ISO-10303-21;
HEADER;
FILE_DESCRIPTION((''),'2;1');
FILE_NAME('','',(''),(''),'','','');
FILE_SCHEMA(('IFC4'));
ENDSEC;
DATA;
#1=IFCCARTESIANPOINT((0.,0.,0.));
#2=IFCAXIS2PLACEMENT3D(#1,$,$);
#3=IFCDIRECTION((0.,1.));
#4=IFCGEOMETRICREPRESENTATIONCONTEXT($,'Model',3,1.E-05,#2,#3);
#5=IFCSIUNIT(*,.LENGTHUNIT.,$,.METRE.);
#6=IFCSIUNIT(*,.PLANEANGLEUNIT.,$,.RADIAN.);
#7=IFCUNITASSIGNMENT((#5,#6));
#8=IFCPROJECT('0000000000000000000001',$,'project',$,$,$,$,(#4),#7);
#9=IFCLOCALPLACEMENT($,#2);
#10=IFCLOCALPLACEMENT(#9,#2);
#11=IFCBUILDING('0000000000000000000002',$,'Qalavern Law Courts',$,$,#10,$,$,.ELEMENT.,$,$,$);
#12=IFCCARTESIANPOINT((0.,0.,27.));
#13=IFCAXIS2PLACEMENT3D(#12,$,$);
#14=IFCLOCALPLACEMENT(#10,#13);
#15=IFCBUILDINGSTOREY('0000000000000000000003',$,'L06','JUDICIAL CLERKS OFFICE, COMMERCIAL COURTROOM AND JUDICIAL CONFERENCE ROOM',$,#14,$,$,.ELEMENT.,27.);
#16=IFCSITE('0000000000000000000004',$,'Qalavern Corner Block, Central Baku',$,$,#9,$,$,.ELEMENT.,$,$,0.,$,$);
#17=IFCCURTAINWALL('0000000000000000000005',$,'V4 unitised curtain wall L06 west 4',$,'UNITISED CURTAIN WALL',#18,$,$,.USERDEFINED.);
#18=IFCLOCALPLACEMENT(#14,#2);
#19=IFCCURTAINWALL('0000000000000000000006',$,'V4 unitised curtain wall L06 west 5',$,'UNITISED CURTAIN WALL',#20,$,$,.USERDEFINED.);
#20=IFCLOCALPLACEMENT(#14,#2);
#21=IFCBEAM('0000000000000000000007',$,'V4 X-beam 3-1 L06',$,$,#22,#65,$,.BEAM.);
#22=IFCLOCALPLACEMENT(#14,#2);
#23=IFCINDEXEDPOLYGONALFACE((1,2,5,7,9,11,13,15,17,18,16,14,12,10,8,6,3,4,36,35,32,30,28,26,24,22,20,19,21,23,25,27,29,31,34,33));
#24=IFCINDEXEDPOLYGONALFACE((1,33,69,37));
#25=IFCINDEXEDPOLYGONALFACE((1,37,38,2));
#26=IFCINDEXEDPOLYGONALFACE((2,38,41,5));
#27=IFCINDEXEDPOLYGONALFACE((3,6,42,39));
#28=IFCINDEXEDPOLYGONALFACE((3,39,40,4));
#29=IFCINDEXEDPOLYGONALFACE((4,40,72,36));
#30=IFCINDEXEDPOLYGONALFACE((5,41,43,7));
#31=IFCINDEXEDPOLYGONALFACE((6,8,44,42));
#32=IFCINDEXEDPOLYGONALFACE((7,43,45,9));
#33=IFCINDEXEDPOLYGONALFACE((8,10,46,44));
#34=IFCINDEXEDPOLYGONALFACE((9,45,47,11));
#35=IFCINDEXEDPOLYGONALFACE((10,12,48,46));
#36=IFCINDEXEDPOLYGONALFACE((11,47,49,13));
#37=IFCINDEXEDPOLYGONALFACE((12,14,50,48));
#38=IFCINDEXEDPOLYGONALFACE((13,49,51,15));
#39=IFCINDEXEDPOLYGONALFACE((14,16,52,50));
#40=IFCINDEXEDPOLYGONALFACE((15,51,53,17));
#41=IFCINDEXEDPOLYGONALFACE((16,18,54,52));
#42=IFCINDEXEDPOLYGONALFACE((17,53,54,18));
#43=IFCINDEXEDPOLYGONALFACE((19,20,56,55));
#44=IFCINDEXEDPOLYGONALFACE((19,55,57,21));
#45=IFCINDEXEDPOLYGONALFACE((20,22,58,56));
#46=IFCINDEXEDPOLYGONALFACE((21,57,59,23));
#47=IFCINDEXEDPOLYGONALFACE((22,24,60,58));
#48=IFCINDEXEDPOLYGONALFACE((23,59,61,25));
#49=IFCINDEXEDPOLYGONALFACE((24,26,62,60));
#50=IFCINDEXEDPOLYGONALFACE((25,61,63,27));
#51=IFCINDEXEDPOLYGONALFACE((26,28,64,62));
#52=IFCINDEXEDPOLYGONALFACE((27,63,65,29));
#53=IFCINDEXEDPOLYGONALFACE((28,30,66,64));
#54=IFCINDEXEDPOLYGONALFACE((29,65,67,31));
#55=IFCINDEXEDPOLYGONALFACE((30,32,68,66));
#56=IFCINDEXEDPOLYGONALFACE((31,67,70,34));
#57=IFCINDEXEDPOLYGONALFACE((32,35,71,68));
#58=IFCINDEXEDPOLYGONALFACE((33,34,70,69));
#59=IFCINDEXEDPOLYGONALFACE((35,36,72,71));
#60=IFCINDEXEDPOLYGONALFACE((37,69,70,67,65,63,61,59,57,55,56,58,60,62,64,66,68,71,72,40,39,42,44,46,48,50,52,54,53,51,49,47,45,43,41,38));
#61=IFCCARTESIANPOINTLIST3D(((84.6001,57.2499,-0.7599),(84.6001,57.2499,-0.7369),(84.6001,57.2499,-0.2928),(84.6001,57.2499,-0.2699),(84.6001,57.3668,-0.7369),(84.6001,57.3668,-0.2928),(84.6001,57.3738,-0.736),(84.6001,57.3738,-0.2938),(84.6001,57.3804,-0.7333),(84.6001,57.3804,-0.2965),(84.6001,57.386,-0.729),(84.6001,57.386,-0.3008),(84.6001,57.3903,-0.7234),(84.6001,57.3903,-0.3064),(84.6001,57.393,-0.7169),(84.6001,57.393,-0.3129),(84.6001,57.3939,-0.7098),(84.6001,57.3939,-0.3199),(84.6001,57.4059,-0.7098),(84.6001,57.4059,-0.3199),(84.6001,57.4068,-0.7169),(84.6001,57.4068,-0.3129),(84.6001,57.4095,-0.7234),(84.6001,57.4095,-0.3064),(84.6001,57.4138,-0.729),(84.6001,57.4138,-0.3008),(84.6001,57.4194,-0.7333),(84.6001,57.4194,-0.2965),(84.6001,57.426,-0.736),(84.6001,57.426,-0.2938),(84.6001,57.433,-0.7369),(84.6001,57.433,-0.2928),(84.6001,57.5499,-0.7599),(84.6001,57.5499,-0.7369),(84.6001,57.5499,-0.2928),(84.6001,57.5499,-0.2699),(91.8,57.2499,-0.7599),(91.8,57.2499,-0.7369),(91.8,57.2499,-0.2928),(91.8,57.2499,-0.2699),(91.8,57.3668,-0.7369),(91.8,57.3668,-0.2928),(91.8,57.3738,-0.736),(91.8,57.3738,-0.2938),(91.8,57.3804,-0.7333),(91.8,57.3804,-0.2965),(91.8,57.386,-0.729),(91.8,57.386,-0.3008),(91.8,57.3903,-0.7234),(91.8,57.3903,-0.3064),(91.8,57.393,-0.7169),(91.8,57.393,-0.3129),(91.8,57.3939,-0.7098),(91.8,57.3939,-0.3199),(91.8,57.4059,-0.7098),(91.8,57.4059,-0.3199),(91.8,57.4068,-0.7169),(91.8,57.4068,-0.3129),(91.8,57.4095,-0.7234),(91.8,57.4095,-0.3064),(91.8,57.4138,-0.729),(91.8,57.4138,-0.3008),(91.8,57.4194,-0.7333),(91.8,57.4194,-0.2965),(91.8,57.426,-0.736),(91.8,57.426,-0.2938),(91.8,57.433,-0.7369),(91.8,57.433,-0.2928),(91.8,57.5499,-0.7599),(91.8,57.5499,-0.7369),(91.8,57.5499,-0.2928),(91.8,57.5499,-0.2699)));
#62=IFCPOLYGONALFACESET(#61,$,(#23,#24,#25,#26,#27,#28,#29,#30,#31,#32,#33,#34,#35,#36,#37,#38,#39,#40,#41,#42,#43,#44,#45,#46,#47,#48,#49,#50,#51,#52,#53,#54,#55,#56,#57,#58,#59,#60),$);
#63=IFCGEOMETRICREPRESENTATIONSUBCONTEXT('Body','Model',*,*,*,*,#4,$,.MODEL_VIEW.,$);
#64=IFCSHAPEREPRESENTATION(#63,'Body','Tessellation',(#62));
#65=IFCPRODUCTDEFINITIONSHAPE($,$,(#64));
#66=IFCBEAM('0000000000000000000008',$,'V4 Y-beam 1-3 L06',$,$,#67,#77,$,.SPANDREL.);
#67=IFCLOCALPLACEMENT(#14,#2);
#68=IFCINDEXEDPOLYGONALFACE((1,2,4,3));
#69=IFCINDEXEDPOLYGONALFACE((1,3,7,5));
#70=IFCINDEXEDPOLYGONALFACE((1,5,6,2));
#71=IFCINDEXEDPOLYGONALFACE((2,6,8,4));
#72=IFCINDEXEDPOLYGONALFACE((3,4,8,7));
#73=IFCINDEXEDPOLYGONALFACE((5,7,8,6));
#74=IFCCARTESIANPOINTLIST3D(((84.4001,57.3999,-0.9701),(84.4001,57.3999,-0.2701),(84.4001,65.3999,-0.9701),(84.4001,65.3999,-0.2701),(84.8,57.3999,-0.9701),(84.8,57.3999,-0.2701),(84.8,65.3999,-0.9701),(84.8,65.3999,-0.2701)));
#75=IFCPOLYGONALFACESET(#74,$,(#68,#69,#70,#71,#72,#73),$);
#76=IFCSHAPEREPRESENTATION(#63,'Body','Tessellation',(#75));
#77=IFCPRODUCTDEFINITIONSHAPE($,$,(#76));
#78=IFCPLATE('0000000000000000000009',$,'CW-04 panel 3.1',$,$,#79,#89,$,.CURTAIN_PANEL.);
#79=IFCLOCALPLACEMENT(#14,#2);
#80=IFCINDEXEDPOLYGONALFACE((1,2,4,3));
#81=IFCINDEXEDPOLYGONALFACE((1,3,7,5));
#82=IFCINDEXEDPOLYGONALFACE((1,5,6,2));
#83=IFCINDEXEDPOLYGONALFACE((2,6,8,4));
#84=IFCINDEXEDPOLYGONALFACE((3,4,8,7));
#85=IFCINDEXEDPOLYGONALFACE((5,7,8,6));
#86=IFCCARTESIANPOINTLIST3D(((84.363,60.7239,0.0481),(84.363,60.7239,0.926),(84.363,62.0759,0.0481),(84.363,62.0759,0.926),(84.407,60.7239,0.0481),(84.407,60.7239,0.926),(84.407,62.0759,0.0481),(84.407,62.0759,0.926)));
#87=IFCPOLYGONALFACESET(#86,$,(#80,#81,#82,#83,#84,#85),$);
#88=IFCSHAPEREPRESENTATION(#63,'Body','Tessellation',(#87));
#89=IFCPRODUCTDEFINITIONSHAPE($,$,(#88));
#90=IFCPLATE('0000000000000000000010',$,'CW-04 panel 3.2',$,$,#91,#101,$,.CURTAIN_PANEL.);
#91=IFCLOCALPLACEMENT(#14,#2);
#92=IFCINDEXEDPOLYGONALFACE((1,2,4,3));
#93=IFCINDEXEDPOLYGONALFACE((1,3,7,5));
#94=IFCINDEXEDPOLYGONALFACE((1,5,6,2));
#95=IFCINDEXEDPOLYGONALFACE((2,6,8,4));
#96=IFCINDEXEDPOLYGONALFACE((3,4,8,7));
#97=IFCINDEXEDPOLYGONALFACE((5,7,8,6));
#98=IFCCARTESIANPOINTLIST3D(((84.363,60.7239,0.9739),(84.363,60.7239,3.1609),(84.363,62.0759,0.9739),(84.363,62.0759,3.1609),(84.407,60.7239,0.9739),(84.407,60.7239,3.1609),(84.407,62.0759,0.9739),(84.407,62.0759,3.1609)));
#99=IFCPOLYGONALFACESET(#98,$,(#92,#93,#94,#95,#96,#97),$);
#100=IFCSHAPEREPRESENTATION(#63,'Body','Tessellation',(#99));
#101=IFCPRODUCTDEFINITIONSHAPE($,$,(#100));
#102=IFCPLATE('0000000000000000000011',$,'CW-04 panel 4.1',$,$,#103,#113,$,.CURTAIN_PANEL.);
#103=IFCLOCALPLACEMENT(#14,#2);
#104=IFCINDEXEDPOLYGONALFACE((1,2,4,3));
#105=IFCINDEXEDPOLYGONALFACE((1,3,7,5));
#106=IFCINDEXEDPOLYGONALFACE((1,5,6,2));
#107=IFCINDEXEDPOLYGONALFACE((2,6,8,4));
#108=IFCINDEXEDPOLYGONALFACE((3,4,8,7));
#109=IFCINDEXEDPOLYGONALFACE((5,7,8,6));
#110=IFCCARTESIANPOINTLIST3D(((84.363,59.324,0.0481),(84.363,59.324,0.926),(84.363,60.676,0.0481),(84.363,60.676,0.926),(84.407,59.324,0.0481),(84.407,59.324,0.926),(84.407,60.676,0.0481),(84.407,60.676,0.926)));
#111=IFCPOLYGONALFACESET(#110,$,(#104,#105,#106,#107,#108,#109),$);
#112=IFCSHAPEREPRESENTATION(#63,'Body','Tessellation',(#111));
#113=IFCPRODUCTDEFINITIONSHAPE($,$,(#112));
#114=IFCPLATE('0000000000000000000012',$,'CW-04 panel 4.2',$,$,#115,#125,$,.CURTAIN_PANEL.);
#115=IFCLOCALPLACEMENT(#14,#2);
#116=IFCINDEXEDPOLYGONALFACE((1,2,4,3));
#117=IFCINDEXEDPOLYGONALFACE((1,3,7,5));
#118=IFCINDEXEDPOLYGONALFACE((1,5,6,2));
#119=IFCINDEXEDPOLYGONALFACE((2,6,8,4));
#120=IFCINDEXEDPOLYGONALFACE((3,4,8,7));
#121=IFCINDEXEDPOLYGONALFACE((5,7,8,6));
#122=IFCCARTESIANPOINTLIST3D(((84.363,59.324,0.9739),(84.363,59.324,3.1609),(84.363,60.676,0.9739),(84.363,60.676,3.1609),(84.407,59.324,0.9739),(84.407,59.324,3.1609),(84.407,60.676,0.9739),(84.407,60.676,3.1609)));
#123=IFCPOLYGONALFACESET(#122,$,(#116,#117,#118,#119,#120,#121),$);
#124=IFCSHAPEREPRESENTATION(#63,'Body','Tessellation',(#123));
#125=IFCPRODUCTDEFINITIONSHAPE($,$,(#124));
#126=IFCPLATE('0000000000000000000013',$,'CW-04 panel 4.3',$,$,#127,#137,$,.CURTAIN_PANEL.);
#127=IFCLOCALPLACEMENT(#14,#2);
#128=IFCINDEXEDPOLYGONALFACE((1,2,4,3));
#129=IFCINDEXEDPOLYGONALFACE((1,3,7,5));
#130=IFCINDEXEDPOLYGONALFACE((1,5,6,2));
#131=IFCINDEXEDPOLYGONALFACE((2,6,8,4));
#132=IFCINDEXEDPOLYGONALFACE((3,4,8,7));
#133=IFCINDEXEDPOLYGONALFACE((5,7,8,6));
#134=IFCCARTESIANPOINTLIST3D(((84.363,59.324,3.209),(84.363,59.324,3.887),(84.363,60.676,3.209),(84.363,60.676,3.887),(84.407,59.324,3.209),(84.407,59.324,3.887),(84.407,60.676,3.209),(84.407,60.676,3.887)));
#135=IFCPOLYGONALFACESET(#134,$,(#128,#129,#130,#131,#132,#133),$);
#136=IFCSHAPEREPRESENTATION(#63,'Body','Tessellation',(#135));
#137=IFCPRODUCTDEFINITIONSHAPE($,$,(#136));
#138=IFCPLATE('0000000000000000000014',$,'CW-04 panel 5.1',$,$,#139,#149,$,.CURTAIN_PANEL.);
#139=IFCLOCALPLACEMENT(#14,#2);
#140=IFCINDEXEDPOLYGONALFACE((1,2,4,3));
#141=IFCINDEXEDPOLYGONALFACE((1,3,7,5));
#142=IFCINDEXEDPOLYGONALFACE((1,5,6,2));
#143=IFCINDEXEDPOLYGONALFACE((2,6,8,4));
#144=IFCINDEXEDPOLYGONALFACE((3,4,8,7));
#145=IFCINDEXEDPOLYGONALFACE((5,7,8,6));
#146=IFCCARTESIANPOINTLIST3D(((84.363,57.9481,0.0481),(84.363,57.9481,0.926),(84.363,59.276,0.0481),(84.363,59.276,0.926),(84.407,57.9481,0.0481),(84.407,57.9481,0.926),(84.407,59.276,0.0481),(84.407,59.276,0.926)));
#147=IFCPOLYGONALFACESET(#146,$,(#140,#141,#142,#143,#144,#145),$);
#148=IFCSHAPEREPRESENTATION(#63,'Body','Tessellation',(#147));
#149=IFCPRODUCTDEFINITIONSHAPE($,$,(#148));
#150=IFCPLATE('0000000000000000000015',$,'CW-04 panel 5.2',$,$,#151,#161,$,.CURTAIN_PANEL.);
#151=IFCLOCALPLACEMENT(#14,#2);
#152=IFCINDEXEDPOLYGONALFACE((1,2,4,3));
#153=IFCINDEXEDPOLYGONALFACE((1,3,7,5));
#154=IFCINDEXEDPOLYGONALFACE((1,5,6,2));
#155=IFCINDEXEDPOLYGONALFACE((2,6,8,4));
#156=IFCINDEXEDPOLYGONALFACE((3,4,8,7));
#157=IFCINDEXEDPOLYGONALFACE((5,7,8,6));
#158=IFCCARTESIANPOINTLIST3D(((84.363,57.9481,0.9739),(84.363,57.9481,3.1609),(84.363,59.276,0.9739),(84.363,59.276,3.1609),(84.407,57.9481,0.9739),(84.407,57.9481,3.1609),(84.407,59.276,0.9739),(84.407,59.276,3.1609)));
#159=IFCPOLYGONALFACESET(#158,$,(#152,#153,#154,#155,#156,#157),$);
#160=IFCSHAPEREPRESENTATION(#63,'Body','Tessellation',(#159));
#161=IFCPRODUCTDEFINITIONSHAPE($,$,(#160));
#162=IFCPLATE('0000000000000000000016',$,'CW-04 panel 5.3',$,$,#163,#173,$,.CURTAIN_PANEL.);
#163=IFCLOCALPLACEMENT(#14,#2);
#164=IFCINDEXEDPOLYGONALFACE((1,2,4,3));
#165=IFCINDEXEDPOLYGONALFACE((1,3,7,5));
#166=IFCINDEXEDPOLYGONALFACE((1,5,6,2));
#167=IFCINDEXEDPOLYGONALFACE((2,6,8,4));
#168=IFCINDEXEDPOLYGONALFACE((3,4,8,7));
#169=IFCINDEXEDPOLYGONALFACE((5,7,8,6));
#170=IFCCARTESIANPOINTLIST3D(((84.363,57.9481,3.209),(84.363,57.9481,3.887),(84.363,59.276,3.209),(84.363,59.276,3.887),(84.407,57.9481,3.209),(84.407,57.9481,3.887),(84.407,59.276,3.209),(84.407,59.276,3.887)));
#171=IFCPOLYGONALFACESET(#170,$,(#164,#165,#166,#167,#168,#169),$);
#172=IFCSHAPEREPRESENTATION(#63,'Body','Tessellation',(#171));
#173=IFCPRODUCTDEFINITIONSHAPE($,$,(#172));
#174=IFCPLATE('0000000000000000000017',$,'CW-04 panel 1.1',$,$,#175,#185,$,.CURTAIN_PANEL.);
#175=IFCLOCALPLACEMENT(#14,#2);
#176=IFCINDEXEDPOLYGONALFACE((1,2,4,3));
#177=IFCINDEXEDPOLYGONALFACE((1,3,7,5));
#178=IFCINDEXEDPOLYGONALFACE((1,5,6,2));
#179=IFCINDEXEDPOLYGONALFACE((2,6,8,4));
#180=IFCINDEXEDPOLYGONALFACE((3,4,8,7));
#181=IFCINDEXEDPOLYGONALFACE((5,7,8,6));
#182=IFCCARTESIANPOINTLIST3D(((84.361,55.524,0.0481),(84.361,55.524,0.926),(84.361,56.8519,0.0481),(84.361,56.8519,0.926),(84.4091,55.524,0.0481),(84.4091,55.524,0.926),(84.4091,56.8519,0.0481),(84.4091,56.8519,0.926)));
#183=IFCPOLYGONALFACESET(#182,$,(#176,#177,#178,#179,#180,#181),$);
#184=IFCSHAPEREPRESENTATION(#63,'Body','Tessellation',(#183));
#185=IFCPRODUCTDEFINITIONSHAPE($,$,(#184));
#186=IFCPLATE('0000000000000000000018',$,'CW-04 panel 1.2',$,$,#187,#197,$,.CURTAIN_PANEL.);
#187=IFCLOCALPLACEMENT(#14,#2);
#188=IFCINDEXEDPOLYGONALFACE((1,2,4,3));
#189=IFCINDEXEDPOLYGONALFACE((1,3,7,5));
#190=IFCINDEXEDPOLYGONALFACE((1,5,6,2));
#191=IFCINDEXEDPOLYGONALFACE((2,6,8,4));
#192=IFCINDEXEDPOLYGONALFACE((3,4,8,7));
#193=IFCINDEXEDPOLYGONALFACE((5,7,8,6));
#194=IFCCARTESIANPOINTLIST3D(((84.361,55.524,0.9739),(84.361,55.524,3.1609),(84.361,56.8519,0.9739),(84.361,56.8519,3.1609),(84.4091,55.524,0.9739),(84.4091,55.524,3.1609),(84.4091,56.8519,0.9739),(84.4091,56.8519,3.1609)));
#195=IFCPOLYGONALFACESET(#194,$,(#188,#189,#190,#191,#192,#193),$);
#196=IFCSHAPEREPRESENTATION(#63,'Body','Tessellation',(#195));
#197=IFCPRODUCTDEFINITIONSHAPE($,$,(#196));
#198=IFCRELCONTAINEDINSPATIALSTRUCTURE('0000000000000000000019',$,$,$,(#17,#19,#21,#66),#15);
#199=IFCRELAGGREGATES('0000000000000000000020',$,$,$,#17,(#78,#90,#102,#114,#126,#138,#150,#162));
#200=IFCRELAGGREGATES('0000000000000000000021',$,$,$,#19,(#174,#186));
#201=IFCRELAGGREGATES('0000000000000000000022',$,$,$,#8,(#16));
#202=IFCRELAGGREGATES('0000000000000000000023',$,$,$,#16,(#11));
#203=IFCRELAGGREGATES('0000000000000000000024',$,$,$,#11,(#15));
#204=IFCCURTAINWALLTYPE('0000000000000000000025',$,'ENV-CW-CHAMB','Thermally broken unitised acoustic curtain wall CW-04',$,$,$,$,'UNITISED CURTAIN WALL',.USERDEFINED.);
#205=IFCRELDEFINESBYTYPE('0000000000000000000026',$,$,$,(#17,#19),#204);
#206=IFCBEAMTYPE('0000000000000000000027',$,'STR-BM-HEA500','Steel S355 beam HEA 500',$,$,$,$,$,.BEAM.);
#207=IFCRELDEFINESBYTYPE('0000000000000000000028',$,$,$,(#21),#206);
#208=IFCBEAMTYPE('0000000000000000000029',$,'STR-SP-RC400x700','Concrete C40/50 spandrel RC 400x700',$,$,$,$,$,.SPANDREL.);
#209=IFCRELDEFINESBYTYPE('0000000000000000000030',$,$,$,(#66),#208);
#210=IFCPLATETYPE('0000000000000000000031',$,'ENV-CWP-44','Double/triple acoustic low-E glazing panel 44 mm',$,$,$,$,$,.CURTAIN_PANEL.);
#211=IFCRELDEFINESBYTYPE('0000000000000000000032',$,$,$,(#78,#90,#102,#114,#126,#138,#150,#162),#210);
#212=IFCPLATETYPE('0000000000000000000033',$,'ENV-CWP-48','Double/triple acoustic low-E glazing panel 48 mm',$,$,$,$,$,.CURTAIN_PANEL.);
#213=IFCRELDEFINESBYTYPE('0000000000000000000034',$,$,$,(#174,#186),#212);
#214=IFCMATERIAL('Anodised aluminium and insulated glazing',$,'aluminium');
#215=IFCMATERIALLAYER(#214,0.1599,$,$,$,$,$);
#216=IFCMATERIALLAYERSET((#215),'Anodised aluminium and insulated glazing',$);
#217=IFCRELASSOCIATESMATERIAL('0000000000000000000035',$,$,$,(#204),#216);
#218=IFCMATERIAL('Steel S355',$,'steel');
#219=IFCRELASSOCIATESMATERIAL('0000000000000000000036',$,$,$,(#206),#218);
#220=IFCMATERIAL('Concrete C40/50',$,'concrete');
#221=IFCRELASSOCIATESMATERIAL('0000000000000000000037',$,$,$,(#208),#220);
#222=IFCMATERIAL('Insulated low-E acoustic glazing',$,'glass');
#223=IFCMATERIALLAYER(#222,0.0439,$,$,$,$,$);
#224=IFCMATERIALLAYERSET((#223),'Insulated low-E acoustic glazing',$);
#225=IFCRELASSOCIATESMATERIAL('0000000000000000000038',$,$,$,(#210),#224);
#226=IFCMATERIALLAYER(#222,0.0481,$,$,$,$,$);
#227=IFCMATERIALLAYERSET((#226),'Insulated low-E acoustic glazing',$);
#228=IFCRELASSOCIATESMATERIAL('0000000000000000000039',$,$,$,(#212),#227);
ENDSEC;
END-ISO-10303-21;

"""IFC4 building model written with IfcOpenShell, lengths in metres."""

from ifc_helpers import new_model, si_unit, direction, frame, origin, origin_2d, place, context, subcontext, project, spatial, rectangle, i_section, extrude, material, layer, layer_set, material_profile, profile_set, type_object, element, aggregate, save


model = new_model("IFC4")

# Units and contexts
model_context = context("Model", 3, precision=1e-05, world=origin(), true_north=direction((0.0, 1.0)))
body_context = subcontext(model_context, "Body", "Model", "MODEL_VIEW")
ifc_project = project(units=[si_unit("LENGTHUNIT", "METRE"), si_unit("PLANEANGLEUNIT", "RADIAN")], contexts=[model_context])

# Site, building, storey
site_placement = place(None, origin())
site = spatial("IfcSite", under=ifc_project, at=site_placement, Name="Qalavern Corner Block, Central Baku", CompositionType="ELEMENT", RefElevation=0.0)
building_placement = place(site_placement, origin())
building = spatial("IfcBuilding", under=site, at=building_placement, Name="Qalavern Law Courts", CompositionType="ELEMENT")
storey_placement = place(building_placement, frame((0.0, 0.0, 27.0)))
storey = spatial("IfcBuildingStorey", under=building, at=storey_placement, Name="L06", Description="JUDICIAL CLERKS OFFICE, COMMERCIAL COURTROOM AND JUDICIAL CONFERENCE ROOM", CompositionType="ELEMENT", Elevation=27.0)

# Curtain walls
ifc_material_1 = material(Name="Anodised aluminium and insulated glazing", Category="aluminium")
ifc_layer_1 = layer(ifc_material_1, 0.1599)
ifc_layer_set_1 = layer_set([ifc_layer_1], Name="Anodised aluminium and insulated glazing")
curtain_wall_type = type_object("IfcCurtainWallType", Name="ENV-CW-CHAMB", Description="Thermally broken unitised acoustic curtain wall CW-04", ElementType="UNITISED CURTAIN WALL", PredefinedType="USERDEFINED", material=ifc_layer_set_1)
curtain_wall_1_placement = place(storey_placement, origin())
curtain_wall_1 = element("IfcCurtainWall", 1, at=curtain_wall_1_placement, inside=storey, type_object=curtain_wall_type, Name="V4 unitised curtain wall L06 west 4", ObjectType="UNITISED CURTAIN WALL", PredefinedType="USERDEFINED")
curtain_wall_2_placement = place(storey_placement, origin())
curtain_wall_2 = element("IfcCurtainWall", 2, at=curtain_wall_2_placement, inside=storey, type_object=curtain_wall_type, Name="V4 unitised curtain wall L06 west 5", ObjectType="UNITISED CURTAIN WALL", PredefinedType="USERDEFINED")

# Beams
ifc_material_2 = material(Name="Steel S355", Category="steel")
ifc_material_profile_1 = material_profile(ifc_material_2, i_section(OverallWidth=0.3, OverallDepth=0.49, WebThickness=0.012, FlangeThickness=0.0229, FilletRadius=0.0271, at=origin_2d()), Name="HEA 500")
ifc_profile_set_1 = profile_set([ifc_material_profile_1], Name="Steel S355")
beam_type_1 = type_object("IfcBeamType", Name="STR-BM-HEA500", Description="Steel S355 beam HEA 500", PredefinedType="BEAM", material=ifc_profile_set_1)
beam_1_placement = place(storey_placement, frame((84.6001, 57.3999, -0.5149), z_axis=(1.0, 0.0, 0.0), x_axis=(0.0, 1.0, 0.0)))
element("IfcBeam", 3, at=beam_1_placement, inside=storey, type_object=beam_type_1, Name="V4 X-beam 3-1 L06", PredefinedType="BEAM", context=body_context, shape_type="SweptSolid", body=[
    extrude(i_section(OverallWidth=0.3, OverallDepth=0.49, WebThickness=0.012, FlangeThickness=0.0229, FilletRadius=0.0271, at=origin_2d()), origin(), (0.0, 0.0, 1.0), 7.2),
])
ifc_material_3 = material(Name="Concrete C40/50", Category="concrete")
ifc_material_profile_2 = material_profile(ifc_material_3, rectangle(XDim=0.3999, YDim=0.7, at=origin_2d()), Name="RC 400x700")
ifc_profile_set_2 = profile_set([ifc_material_profile_2], Name="Concrete C40/50")
beam_type_2 = type_object("IfcBeamType", Name="STR-SP-RC400x700", Description="Concrete C40/50 spandrel RC 400x700", PredefinedType="SPANDREL", material=ifc_profile_set_2)
beam_2_placement = place(storey_placement, frame((84.6001, 57.3999, -0.6201), z_axis=(0.0, 1.0, 0.0), x_axis=(-1.0, 0.0, 0.0)))
element("IfcBeam", 4, at=beam_2_placement, inside=storey, type_object=beam_type_2, Name="V4 Y-beam 1-3 L06", PredefinedType="SPANDREL", context=body_context, shape_type="SweptSolid", body=[
    extrude(rectangle(XDim=0.3999, YDim=0.7, at=origin_2d()), origin(), (0.0, 0.0, 1.0), 8.0),
])

# Plates
ifc_material_4 = material(Name="Insulated low-E acoustic glazing", Category="glass")
ifc_layer_2 = layer(ifc_material_4, 0.0439)
ifc_layer_set_2 = layer_set([ifc_layer_2], Name="Insulated low-E acoustic glazing")
plate_type_1 = type_object("IfcPlateType", Name="ENV-CWP-44", Description="Double/triple acoustic low-E glazing panel 44 mm", PredefinedType="CURTAIN_PANEL", material=ifc_layer_set_2)
plate_1_placement = place(storey_placement, frame((84.385, 61.3999, 0.0481), z_axis=(0.0, 0.0, 1.0), x_axis=(0.0, -1.0, 0.0)))
plate_1 = element("IfcPlate", 5, at=plate_1_placement, type_object=plate_type_1, Name="CW-04 panel 3.1", PredefinedType="CURTAIN_PANEL", context=body_context, shape_type="SweptSolid", body=[
    extrude(rectangle(XDim=1.3521, YDim=0.0439, at=origin_2d()), origin(), (0.0, 0.0, 1.0), 0.8779),
])
plate_2_placement = place(storey_placement, frame((84.385, 61.3999, 0.9739), z_axis=(0.0, 0.0, 1.0), x_axis=(0.0, -1.0, 0.0)))
plate_2 = element("IfcPlate", 6, at=plate_2_placement, type_object=plate_type_1, Name="CW-04 panel 3.2", PredefinedType="CURTAIN_PANEL", context=body_context, shape_type="SweptSolid", body=[
    extrude(rectangle(XDim=1.3521, YDim=0.0439, at=origin_2d()), origin(), (0.0, 0.0, 1.0), 2.187),
])
plate_3_placement = place(storey_placement, frame((84.385, 60.0, 0.0481), z_axis=(0.0, 0.0, 1.0), x_axis=(0.0, -1.0, 0.0)))
plate_3 = element("IfcPlate", 7, at=plate_3_placement, type_object=plate_type_1, Name="CW-04 panel 4.1", PredefinedType="CURTAIN_PANEL", context=body_context, shape_type="SweptSolid", body=[
    extrude(rectangle(XDim=1.3521, YDim=0.0439, at=origin_2d()), origin(), (0.0, 0.0, 1.0), 0.8779),
])
plate_4_placement = place(storey_placement, frame((84.385, 60.0, 0.9739), z_axis=(0.0, 0.0, 1.0), x_axis=(0.0, -1.0, 0.0)))
plate_4 = element("IfcPlate", 8, at=plate_4_placement, type_object=plate_type_1, Name="CW-04 panel 4.2", PredefinedType="CURTAIN_PANEL", context=body_context, shape_type="SweptSolid", body=[
    extrude(rectangle(XDim=1.3521, YDim=0.0439, at=origin_2d()), origin(), (0.0, 0.0, 1.0), 2.187),
])
plate_5_placement = place(storey_placement, frame((84.385, 60.0, 3.209), z_axis=(0.0, 0.0, 1.0), x_axis=(0.0, -1.0, 0.0)))
plate_5 = element("IfcPlate", 9, at=plate_5_placement, type_object=plate_type_1, Name="CW-04 panel 4.3", PredefinedType="CURTAIN_PANEL", context=body_context, shape_type="SweptSolid", body=[
    extrude(rectangle(XDim=1.3521, YDim=0.0439, at=origin_2d()), origin(), (0.0, 0.0, 1.0), 0.678),
])
plate_6_placement = place(storey_placement, frame((84.385, 58.6121, 0.0481), z_axis=(0.0, 0.0, 1.0), x_axis=(0.0, -1.0, 0.0)))
plate_6 = element("IfcPlate", 10, at=plate_6_placement, type_object=plate_type_1, Name="CW-04 panel 5.1", PredefinedType="CURTAIN_PANEL", context=body_context, shape_type="SweptSolid", body=[
    extrude(rectangle(XDim=1.3279, YDim=0.0439, at=origin_2d()), origin(), (0.0, 0.0, 1.0), 0.8779),
])
plate_7_placement = place(storey_placement, frame((84.385, 58.6121, 0.9739), z_axis=(0.0, 0.0, 1.0), x_axis=(0.0, -1.0, 0.0)))
plate_7 = element("IfcPlate", 11, at=plate_7_placement, type_object=plate_type_1, Name="CW-04 panel 5.2", PredefinedType="CURTAIN_PANEL", context=body_context, shape_type="SweptSolid", body=[
    extrude(rectangle(XDim=1.3279, YDim=0.0439, at=origin_2d()), origin(), (0.0, 0.0, 1.0), 2.187),
])
plate_8_placement = place(storey_placement, frame((84.385, 58.6121, 3.209), z_axis=(0.0, 0.0, 1.0), x_axis=(0.0, -1.0, 0.0)))
plate_8 = element("IfcPlate", 12, at=plate_8_placement, type_object=plate_type_1, Name="CW-04 panel 5.3", PredefinedType="CURTAIN_PANEL", context=body_context, shape_type="SweptSolid", body=[
    extrude(rectangle(XDim=1.3279, YDim=0.0439, at=origin_2d()), origin(), (0.0, 0.0, 1.0), 0.678),
])
aggregate(curtain_wall_1, [plate_1, plate_2, plate_3, plate_4, plate_5, plate_6, plate_7, plate_8])
ifc_layer_3 = layer(ifc_material_4, 0.0481)
ifc_layer_set_3 = layer_set([ifc_layer_3], Name="Insulated low-E acoustic glazing")
plate_type_2 = type_object("IfcPlateType", Name="ENV-CWP-48", Description="Double/triple acoustic low-E glazing panel 48 mm", PredefinedType="CURTAIN_PANEL", material=ifc_layer_set_3)
plate_9_placement = place(storey_placement, frame((84.385, 56.188, 0.0481), z_axis=(0.0, 0.0, 1.0), x_axis=(0.0, -1.0, 0.0)))
plate_9 = element("IfcPlate", 13, at=plate_9_placement, type_object=plate_type_2, Name="CW-04 panel 1.1", PredefinedType="CURTAIN_PANEL", context=body_context, shape_type="SweptSolid", body=[
    extrude(rectangle(XDim=1.3279, YDim=0.0481, at=origin_2d()), origin(), (0.0, 0.0, 1.0), 0.8779),
])
plate_10_placement = place(storey_placement, frame((84.385, 56.188, 0.9739), z_axis=(0.0, 0.0, 1.0), x_axis=(0.0, -1.0, 0.0)))
plate_10 = element("IfcPlate", 14, at=plate_10_placement, type_object=plate_type_2, Name="CW-04 panel 1.2", PredefinedType="CURTAIN_PANEL", context=body_context, shape_type="SweptSolid", body=[
    extrude(rectangle(XDim=1.3279, YDim=0.0481, at=origin_2d()), origin(), (0.0, 0.0, 1.0), 2.187),
])
aggregate(curtain_wall_2, [plate_9, plate_10])

save(model, "model.ifc")
